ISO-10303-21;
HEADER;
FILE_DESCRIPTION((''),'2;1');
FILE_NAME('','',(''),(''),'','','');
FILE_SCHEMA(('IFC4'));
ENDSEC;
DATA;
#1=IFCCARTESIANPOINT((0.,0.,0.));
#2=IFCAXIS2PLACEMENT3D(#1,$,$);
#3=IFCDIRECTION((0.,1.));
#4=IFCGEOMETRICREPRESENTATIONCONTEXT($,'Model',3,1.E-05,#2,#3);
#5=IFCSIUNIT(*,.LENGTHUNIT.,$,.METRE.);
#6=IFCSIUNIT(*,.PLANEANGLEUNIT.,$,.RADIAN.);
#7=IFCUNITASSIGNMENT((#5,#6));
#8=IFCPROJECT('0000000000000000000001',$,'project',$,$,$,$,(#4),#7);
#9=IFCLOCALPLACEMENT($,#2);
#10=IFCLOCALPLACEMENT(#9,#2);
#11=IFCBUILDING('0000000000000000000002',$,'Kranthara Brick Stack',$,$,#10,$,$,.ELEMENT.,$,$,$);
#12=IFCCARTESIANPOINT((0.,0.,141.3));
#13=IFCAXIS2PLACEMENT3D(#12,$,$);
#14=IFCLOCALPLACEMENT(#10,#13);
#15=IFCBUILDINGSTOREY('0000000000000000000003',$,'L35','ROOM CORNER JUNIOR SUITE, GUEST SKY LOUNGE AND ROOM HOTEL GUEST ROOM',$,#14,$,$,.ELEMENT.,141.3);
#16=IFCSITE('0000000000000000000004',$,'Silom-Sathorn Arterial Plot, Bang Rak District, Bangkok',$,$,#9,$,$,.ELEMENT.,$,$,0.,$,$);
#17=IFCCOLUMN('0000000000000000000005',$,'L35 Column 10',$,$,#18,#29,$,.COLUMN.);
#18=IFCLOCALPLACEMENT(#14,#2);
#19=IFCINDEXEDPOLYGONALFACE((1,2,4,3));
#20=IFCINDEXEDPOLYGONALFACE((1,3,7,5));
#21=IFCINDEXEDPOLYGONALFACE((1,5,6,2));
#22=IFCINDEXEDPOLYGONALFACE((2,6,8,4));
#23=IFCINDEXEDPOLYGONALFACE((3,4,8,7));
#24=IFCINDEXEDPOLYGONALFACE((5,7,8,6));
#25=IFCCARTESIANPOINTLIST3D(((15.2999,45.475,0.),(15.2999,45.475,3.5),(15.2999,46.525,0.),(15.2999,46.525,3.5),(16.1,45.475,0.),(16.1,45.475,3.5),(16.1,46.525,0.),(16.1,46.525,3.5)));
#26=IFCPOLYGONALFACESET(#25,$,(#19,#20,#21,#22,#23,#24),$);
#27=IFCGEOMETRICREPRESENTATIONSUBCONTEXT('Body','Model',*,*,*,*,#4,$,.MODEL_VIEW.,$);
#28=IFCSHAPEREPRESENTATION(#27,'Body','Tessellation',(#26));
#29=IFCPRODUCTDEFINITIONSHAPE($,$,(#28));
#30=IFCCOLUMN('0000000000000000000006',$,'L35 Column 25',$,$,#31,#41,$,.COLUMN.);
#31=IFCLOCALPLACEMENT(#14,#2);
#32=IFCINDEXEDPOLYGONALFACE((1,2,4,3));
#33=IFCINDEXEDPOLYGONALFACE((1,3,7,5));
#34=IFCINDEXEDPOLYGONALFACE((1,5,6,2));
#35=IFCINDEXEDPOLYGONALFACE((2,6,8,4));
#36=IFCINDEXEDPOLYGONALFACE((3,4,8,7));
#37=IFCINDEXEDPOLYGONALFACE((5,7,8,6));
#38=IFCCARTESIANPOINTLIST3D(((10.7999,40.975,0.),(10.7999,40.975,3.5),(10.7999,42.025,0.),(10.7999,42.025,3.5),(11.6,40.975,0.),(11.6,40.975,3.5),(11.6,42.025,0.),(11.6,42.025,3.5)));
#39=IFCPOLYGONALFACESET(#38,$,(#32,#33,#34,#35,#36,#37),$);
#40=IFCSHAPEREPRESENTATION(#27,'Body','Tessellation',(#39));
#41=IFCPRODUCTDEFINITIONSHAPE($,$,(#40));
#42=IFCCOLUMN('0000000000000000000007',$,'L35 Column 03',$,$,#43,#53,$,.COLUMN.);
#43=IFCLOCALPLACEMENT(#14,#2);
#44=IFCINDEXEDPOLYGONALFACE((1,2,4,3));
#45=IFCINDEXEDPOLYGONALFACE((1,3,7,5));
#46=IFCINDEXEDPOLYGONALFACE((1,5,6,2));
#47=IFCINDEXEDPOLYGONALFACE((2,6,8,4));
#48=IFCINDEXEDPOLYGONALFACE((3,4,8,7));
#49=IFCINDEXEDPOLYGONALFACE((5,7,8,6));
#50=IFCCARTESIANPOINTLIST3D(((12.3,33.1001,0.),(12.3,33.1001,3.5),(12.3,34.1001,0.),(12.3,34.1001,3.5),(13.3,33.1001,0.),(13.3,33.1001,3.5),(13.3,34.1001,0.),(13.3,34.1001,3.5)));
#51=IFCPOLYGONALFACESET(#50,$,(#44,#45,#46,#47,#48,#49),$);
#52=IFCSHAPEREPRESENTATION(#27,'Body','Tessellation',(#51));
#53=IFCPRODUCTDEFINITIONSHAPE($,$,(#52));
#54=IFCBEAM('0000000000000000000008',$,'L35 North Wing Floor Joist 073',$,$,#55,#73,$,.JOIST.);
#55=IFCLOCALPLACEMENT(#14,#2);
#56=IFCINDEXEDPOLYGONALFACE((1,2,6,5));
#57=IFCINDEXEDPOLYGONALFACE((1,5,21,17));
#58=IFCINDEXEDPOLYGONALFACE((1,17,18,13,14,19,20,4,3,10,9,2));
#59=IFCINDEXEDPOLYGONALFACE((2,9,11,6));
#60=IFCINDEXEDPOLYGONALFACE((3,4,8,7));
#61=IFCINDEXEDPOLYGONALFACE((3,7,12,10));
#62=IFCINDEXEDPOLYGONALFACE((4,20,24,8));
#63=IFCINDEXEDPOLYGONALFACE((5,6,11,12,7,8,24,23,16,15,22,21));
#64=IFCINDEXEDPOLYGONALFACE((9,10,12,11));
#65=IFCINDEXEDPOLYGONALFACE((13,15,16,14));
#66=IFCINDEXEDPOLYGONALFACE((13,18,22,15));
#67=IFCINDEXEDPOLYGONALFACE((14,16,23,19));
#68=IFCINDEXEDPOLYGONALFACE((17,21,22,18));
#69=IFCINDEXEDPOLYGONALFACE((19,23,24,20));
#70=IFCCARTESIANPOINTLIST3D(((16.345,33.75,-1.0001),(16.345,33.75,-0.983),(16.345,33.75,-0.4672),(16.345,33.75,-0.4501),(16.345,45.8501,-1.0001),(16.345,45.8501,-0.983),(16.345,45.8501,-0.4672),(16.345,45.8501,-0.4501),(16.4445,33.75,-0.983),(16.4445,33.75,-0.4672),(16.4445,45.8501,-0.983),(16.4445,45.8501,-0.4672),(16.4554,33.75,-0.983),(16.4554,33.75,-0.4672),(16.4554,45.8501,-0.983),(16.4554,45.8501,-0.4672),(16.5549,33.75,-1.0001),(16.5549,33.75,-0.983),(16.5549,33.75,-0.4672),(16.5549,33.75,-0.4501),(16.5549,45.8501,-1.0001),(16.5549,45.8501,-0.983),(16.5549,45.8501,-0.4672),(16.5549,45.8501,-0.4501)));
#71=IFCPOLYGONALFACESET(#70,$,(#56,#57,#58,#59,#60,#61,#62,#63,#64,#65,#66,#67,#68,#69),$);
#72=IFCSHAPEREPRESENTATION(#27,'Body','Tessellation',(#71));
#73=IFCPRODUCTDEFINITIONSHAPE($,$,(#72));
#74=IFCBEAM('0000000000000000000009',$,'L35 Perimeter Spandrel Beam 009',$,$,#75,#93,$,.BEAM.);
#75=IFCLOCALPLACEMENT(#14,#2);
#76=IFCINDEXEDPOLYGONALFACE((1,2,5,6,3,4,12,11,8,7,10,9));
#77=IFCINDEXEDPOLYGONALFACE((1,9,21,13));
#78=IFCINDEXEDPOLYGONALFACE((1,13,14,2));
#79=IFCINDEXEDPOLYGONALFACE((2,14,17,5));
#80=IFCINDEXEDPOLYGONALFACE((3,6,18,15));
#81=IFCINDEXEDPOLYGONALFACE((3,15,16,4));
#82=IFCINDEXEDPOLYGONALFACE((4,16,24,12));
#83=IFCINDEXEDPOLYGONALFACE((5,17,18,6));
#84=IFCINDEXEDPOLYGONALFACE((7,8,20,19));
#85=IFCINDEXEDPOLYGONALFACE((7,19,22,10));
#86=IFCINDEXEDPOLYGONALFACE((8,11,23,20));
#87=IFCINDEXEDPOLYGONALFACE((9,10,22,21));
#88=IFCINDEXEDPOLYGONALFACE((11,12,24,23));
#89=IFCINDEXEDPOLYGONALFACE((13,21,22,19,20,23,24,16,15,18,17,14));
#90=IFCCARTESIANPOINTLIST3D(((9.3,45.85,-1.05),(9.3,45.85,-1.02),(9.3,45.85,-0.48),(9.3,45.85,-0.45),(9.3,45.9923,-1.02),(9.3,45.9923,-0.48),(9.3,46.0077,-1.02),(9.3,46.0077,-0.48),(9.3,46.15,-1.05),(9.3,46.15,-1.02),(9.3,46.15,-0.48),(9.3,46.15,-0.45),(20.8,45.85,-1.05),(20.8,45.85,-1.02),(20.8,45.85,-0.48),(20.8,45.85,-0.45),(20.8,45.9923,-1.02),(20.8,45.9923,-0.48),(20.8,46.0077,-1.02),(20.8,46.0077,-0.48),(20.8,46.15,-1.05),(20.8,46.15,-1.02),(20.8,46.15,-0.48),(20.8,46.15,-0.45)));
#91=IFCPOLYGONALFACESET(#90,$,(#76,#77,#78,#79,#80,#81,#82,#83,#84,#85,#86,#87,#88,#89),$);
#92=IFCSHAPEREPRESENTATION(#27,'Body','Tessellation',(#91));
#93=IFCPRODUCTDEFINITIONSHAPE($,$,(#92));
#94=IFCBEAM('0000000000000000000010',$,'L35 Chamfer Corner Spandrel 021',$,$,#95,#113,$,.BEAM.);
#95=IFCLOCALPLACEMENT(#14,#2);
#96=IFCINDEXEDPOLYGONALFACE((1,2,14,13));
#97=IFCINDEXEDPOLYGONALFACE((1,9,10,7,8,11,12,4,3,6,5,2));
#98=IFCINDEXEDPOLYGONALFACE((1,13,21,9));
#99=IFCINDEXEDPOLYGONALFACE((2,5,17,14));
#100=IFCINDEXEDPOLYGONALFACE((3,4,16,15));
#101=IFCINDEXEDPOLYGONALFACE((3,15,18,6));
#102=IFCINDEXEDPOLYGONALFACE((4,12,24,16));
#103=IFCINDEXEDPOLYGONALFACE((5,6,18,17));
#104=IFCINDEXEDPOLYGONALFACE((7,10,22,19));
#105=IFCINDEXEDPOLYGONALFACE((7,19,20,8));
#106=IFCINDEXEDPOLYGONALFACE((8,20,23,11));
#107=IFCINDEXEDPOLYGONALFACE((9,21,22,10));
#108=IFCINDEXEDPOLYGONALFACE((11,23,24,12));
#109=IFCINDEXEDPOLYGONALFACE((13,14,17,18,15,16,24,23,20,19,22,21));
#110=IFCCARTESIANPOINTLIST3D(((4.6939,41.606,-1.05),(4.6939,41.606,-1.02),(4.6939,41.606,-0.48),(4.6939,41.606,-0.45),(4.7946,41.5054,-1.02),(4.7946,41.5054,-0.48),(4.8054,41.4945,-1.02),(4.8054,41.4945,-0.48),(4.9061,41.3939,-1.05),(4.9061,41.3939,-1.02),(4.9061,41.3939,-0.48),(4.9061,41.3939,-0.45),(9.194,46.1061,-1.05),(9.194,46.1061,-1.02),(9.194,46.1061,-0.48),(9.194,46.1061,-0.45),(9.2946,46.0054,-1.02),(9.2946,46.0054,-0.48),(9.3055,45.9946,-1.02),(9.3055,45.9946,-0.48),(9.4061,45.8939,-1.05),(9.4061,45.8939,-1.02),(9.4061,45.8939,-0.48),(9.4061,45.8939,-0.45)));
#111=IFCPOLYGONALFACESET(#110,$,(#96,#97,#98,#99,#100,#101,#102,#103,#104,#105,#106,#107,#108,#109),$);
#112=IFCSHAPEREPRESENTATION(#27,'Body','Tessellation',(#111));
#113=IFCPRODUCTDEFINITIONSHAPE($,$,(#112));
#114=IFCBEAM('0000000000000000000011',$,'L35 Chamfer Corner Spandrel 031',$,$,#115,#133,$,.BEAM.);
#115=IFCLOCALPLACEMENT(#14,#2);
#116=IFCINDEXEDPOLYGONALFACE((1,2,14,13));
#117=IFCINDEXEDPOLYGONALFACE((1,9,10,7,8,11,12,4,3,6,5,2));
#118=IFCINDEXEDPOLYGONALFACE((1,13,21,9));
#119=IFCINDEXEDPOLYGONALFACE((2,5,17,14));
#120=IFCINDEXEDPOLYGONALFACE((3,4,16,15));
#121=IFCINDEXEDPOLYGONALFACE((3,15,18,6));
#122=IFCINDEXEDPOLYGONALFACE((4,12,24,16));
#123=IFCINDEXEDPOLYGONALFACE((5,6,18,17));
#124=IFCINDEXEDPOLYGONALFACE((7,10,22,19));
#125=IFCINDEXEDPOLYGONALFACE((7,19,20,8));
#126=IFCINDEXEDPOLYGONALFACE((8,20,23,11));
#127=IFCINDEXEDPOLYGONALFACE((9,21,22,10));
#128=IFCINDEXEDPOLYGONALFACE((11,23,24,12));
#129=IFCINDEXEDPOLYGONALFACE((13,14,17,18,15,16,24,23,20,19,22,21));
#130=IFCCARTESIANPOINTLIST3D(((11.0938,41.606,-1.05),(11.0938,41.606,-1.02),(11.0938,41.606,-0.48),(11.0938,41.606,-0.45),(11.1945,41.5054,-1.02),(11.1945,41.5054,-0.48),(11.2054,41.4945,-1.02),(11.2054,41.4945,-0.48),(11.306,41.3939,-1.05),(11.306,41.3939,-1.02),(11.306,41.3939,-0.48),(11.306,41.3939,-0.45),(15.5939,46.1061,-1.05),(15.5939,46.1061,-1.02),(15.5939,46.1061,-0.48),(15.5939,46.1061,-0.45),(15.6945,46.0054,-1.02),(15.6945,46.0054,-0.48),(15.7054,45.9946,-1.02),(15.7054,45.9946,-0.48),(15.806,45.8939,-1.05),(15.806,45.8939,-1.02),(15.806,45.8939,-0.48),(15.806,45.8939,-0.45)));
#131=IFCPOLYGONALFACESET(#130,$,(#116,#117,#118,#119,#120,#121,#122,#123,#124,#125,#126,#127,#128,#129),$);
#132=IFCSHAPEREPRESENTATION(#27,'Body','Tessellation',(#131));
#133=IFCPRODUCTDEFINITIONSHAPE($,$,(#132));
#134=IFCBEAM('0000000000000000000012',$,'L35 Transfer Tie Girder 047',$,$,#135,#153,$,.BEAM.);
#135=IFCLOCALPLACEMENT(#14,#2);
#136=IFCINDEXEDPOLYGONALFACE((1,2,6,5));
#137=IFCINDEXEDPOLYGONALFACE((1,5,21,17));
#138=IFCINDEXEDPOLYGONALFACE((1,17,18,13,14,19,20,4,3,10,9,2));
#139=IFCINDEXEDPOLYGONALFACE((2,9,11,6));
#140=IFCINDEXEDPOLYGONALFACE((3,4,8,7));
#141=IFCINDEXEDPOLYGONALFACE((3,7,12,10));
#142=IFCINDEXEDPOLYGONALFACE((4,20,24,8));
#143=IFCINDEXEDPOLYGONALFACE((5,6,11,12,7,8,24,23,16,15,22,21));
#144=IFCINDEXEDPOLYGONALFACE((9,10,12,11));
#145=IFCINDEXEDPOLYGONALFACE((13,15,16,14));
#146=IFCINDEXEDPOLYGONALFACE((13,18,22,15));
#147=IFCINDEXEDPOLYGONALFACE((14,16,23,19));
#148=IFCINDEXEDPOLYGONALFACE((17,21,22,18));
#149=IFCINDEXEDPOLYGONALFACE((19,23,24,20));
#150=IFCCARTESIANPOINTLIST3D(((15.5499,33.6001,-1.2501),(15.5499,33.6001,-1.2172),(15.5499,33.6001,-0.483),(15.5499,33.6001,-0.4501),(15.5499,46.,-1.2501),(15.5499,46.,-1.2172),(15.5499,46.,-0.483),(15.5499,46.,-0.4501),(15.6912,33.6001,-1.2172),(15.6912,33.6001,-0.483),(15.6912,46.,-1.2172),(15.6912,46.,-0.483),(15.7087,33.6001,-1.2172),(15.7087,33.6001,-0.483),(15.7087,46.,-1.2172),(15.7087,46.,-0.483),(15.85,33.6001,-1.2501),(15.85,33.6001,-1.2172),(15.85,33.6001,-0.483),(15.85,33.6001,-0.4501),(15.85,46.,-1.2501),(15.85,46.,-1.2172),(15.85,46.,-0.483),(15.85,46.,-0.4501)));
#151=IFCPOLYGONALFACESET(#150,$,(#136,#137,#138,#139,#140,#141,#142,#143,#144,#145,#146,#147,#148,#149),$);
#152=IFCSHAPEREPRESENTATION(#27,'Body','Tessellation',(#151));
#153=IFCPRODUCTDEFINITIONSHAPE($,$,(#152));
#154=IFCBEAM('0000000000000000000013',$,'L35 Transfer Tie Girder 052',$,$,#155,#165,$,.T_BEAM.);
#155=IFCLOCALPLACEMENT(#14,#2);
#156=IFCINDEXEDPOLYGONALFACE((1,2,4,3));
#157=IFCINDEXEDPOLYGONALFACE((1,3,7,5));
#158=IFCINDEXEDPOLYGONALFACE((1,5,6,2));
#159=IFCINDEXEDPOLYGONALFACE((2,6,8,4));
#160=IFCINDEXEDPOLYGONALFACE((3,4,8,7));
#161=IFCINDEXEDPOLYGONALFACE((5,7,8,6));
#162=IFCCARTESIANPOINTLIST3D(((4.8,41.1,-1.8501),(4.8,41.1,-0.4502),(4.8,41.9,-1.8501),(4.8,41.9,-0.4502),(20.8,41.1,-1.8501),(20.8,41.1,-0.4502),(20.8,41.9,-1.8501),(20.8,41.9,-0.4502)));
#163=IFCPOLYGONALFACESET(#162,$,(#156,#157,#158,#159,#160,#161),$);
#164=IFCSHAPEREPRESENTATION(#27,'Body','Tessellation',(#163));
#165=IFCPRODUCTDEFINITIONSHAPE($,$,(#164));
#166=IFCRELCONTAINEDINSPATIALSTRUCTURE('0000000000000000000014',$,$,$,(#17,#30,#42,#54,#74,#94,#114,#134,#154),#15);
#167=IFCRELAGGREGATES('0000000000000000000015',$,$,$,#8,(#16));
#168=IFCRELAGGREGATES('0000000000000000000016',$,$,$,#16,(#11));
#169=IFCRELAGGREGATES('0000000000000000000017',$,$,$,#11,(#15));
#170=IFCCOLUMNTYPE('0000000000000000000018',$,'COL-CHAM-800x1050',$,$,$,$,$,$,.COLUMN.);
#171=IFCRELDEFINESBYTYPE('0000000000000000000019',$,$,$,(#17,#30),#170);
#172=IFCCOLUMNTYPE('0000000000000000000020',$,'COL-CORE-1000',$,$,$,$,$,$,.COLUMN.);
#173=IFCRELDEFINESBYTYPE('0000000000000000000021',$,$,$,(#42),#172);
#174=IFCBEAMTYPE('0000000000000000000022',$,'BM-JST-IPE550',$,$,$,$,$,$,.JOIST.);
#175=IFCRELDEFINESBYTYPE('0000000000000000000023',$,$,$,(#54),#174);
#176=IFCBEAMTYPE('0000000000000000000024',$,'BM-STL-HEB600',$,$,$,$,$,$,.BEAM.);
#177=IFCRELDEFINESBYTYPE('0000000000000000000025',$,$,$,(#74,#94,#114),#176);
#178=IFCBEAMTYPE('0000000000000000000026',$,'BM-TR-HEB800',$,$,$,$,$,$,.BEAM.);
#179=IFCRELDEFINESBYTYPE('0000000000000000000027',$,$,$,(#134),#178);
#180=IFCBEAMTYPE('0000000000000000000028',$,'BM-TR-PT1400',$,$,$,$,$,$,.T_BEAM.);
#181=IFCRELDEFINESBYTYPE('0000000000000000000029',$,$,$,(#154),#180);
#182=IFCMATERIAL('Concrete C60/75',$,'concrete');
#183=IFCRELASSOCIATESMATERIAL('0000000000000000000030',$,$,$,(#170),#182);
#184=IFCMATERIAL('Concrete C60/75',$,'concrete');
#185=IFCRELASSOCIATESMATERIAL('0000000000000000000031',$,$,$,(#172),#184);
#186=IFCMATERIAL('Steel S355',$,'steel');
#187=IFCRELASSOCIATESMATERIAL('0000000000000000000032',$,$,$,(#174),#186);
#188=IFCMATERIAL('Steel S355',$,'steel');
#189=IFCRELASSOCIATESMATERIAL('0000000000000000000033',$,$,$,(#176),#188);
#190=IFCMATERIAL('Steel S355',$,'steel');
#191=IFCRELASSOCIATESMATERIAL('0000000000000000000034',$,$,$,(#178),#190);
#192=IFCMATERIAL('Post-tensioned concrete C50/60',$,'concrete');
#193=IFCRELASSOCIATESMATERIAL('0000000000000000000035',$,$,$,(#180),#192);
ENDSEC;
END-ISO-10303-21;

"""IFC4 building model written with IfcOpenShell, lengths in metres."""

from ifc_helpers import new_model, si_unit, direction, frame, origin, origin_2d, place, context, subcontext, project, spatial, rectangle, i_section, extrude, material, material_profile, profile_set, type_object, element, save


model = new_model("IFC4")

# Units and contexts
model_context = context("Model", 3, precision=1e-05, world=origin(), true_north=direction((0.0, 1.0)))
body_context = subcontext(model_context, "Body", "Model", "MODEL_VIEW")
ifc_project = project(units=[si_unit("LENGTHUNIT", "METRE"), si_unit("PLANEANGLEUNIT", "RADIAN")], contexts=[model_context])

# Site, building, storey
site_placement = place(None, origin())
site = spatial("IfcSite", under=ifc_project, at=site_placement, Name="Silom-Sathorn Arterial Plot, Bang Rak District, Bangkok", CompositionType="ELEMENT", RefElevation=0.0)
building_placement = place(site_placement, origin())
building = spatial("IfcBuilding", under=site, at=building_placement, Name="Kranthara Brick Stack", CompositionType="ELEMENT")
storey_placement = place(building_placement, frame((0.0, 0.0, 141.3)))
storey = spatial("IfcBuildingStorey", under=building, at=storey_placement, Name="L35", Description="ROOM CORNER JUNIOR SUITE, GUEST SKY LOUNGE AND ROOM HOTEL GUEST ROOM", CompositionType="ELEMENT", Elevation=141.3)

# Columns
ifc_material_1 = material(Name="Concrete C60/75", Category="concrete")
ifc_material_profile_1 = material_profile(ifc_material_1, rectangle(XDim=0.8, YDim=1.05, at=origin_2d()), Name="RC 800x1050")
ifc_profile_set_1 = profile_set([ifc_material_profile_1], Name="Concrete C60/75")
column_type_1 = type_object("IfcColumnType", Name="COL-CHAM-800x1050", PredefinedType="COLUMN", material=ifc_profile_set_1)
for number, where, z_axis, x_axis, name in (
    (1, (15.7, 46.0, 0.0), (0.0, 0.0, 1.0), (1.0, 0.0, 0.0), "L35 Column 10"),
    (2, (11.2, 41.5, 0.0), (0.0, 0.0, 1.0), (1.0, 0.0, 0.0), "L35 Column 25"),
):
    element("IfcColumn", number, at=place(storey_placement, frame(where, z_axis=z_axis, x_axis=x_axis)), inside=storey, type_object=column_type_1, Name=name, PredefinedType="COLUMN", context=body_context, shape_type="SweptSolid", body=[
        extrude(rectangle(XDim=0.8, YDim=1.05, at=origin_2d()), origin(), (0.0, 0.0, 1.0), 3.5),
    ])
ifc_material_2 = material(Name="Concrete C60/75", Category="concrete")
ifc_material_profile_2 = material_profile(ifc_material_2, rectangle(XDim=1.0, YDim=1.0, at=origin_2d()), Name="RC 1000x1000")
ifc_profile_set_2 = profile_set([ifc_material_profile_2], Name="Concrete C60/75")
column_type_2 = type_object("IfcColumnType", Name="COL-CORE-1000", PredefinedType="COLUMN", material=ifc_profile_set_2)
column_placement = place(storey_placement, frame((12.8, 33.6001, 0.0), z_axis=(0.0, 0.0, 1.0), x_axis=(1.0, 0.0, 0.0)))
element("IfcColumn", 3, at=column_placement, inside=storey, type_object=column_type_2, Name="L35 Column 03", PredefinedType="COLUMN", context=body_context, shape_type="SweptSolid", body=[
    extrude(rectangle(XDim=1.0, YDim=1.0, at=origin_2d()), origin(), (0.0, 0.0, 1.0), 3.5),
])

# Beams
ifc_material_3 = material(Name="Steel S355", Category="steel")
ifc_material_profile_3 = material_profile(ifc_material_3, i_section(OverallWidth=0.21, OverallDepth=0.55, WebThickness=0.011, FlangeThickness=0.0171, at=origin_2d()), Name="IPE 550")
ifc_profile_set_3 = profile_set([ifc_material_profile_3], Name="Steel S355")
beam_type_1 = type_object("IfcBeamType", Name="BM-JST-IPE550", PredefinedType="JOIST", material=ifc_profile_set_3)
beam_1_placement = place(storey_placement, frame((16.45, 33.75, -0.7251), z_axis=(0.0, 1.0, 0.0), x_axis=(-1.0, 0.0, 0.0)))
element("IfcBeam", 4, at=beam_1_placement, inside=storey, type_object=beam_type_1, Name="L35 North Wing Floor Joist 073", PredefinedType="JOIST", context=body_context, shape_type="SweptSolid", body=[
    extrude(i_section(OverallWidth=0.21, OverallDepth=0.55, WebThickness=0.011, FlangeThickness=0.0171, at=origin_2d()), origin(), (0.0, 0.0, 1.0), 12.1001),
])
ifc_material_4 = material(Name="Steel S355", Category="steel")
ifc_material_profile_4 = material_profile(ifc_material_4, i_section(OverallWidth=0.3, OverallDepth=0.6001, WebThickness=0.0154, FlangeThickness=0.03, at=origin_2d()), Name="HEB 600")
ifc_profile_set_4 = profile_set([ifc_material_profile_4], Name="Steel S355")
beam_type_2 = type_object("IfcBeamType", Name="BM-STL-HEB600", PredefinedType="BEAM", material=ifc_profile_set_4)
beam_2_placement = place(storey_placement, frame((9.3, 46.0, -0.75), z_axis=(1.0, 0.0, 0.0), x_axis=(0.0, 1.0, 0.0)))
element("IfcBeam", 5, at=beam_2_placement, inside=storey, type_object=beam_type_2, Name="L35 Perimeter Spandrel Beam 009", PredefinedType="BEAM", context=body_context, shape_type="SweptSolid", body=[
    extrude(i_section(OverallWidth=0.3, OverallDepth=0.6001, WebThickness=0.0154, FlangeThickness=0.03, at=origin_2d()), origin(), (0.0, 0.0, 1.0), 11.5),
])
for number, where, z_axis, x_axis, name in (
    (6, (9.3, 46.0, -0.75), (-0.707107, -0.707107, 0.0), (0.707107, -0.707107, 0.0), "L35 Chamfer Corner Spandrel 021"),
    (7, (15.7, 46.0, -0.75), (-0.707107, -0.707107, 0.0), (0.707107, -0.707107, 0.0), "L35 Chamfer Corner Spandrel 031"),
):
    element("IfcBeam", number, at=place(storey_placement, frame(where, z_axis=z_axis, x_axis=x_axis)), inside=storey, type_object=beam_type_2, Name=name, PredefinedType="BEAM", context=body_context, shape_type="SweptSolid", body=[
        extrude(i_section(OverallWidth=0.3, OverallDepth=0.6001, WebThickness=0.0154, FlangeThickness=0.03, at=origin_2d()), origin(), (0.0, 0.0, 1.0), 6.364),
    ])
ifc_material_5 = material(Name="Steel S355", Category="steel")
ifc_material_profile_5 = material_profile(ifc_material_5, i_section(OverallWidth=0.3, OverallDepth=0.8, WebThickness=0.0176, FlangeThickness=0.033, at=origin_2d()), Name="HEB 800")
ifc_profile_set_5 = profile_set([ifc_material_profile_5], Name="Steel S355")
beam_type_3 = type_object("IfcBeamType", Name="BM-TR-HEB800", PredefinedType="BEAM", material=ifc_profile_set_5)
beam_3_placement = place(storey_placement, frame((15.7, 46.0, -0.8501), z_axis=(0.0, -1.0, 0.0), x_axis=(1.0, 0.0, 0.0)))
element("IfcBeam", 8, at=beam_3_placement, inside=storey, type_object=beam_type_3, Name="L35 Transfer Tie Girder 047", PredefinedType="BEAM", context=body_context, shape_type="SweptSolid", body=[
    extrude(i_section(OverallWidth=0.3, OverallDepth=0.8, WebThickness=0.0176, FlangeThickness=0.033, at=origin_2d()), origin(), (0.0, 0.0, 1.0), 12.3999),
])
ifc_material_6 = material(Name="Post-tensioned concrete C50/60", Category="concrete")
ifc_material_profile_6 = material_profile(ifc_material_6, rectangle(XDim=0.8, YDim=1.3999, at=origin_2d()), Name="PT 800x1400")
ifc_profile_set_6 = profile_set([ifc_material_profile_6], Name="Post-tensioned concrete C50/60")
beam_type_4 = type_object("IfcBeamType", Name="BM-TR-PT1400", PredefinedType="T_BEAM", material=ifc_profile_set_6)
beam_4_placement = place(storey_placement, frame((4.8, 41.5, -1.1501), z_axis=(1.0, 0.0, 0.0), x_axis=(0.0, 1.0, 0.0)))
element("IfcBeam", 9, at=beam_4_placement, inside=storey, type_object=beam_type_4, Name="L35 Transfer Tie Girder 052", PredefinedType="T_BEAM", context=body_context, shape_type="SweptSolid", body=[
    extrude(rectangle(XDim=0.8, YDim=1.3999, at=origin_2d()), origin(), (0.0, 0.0, 1.0), 16.0),
])

save(model, "model.ifc")
